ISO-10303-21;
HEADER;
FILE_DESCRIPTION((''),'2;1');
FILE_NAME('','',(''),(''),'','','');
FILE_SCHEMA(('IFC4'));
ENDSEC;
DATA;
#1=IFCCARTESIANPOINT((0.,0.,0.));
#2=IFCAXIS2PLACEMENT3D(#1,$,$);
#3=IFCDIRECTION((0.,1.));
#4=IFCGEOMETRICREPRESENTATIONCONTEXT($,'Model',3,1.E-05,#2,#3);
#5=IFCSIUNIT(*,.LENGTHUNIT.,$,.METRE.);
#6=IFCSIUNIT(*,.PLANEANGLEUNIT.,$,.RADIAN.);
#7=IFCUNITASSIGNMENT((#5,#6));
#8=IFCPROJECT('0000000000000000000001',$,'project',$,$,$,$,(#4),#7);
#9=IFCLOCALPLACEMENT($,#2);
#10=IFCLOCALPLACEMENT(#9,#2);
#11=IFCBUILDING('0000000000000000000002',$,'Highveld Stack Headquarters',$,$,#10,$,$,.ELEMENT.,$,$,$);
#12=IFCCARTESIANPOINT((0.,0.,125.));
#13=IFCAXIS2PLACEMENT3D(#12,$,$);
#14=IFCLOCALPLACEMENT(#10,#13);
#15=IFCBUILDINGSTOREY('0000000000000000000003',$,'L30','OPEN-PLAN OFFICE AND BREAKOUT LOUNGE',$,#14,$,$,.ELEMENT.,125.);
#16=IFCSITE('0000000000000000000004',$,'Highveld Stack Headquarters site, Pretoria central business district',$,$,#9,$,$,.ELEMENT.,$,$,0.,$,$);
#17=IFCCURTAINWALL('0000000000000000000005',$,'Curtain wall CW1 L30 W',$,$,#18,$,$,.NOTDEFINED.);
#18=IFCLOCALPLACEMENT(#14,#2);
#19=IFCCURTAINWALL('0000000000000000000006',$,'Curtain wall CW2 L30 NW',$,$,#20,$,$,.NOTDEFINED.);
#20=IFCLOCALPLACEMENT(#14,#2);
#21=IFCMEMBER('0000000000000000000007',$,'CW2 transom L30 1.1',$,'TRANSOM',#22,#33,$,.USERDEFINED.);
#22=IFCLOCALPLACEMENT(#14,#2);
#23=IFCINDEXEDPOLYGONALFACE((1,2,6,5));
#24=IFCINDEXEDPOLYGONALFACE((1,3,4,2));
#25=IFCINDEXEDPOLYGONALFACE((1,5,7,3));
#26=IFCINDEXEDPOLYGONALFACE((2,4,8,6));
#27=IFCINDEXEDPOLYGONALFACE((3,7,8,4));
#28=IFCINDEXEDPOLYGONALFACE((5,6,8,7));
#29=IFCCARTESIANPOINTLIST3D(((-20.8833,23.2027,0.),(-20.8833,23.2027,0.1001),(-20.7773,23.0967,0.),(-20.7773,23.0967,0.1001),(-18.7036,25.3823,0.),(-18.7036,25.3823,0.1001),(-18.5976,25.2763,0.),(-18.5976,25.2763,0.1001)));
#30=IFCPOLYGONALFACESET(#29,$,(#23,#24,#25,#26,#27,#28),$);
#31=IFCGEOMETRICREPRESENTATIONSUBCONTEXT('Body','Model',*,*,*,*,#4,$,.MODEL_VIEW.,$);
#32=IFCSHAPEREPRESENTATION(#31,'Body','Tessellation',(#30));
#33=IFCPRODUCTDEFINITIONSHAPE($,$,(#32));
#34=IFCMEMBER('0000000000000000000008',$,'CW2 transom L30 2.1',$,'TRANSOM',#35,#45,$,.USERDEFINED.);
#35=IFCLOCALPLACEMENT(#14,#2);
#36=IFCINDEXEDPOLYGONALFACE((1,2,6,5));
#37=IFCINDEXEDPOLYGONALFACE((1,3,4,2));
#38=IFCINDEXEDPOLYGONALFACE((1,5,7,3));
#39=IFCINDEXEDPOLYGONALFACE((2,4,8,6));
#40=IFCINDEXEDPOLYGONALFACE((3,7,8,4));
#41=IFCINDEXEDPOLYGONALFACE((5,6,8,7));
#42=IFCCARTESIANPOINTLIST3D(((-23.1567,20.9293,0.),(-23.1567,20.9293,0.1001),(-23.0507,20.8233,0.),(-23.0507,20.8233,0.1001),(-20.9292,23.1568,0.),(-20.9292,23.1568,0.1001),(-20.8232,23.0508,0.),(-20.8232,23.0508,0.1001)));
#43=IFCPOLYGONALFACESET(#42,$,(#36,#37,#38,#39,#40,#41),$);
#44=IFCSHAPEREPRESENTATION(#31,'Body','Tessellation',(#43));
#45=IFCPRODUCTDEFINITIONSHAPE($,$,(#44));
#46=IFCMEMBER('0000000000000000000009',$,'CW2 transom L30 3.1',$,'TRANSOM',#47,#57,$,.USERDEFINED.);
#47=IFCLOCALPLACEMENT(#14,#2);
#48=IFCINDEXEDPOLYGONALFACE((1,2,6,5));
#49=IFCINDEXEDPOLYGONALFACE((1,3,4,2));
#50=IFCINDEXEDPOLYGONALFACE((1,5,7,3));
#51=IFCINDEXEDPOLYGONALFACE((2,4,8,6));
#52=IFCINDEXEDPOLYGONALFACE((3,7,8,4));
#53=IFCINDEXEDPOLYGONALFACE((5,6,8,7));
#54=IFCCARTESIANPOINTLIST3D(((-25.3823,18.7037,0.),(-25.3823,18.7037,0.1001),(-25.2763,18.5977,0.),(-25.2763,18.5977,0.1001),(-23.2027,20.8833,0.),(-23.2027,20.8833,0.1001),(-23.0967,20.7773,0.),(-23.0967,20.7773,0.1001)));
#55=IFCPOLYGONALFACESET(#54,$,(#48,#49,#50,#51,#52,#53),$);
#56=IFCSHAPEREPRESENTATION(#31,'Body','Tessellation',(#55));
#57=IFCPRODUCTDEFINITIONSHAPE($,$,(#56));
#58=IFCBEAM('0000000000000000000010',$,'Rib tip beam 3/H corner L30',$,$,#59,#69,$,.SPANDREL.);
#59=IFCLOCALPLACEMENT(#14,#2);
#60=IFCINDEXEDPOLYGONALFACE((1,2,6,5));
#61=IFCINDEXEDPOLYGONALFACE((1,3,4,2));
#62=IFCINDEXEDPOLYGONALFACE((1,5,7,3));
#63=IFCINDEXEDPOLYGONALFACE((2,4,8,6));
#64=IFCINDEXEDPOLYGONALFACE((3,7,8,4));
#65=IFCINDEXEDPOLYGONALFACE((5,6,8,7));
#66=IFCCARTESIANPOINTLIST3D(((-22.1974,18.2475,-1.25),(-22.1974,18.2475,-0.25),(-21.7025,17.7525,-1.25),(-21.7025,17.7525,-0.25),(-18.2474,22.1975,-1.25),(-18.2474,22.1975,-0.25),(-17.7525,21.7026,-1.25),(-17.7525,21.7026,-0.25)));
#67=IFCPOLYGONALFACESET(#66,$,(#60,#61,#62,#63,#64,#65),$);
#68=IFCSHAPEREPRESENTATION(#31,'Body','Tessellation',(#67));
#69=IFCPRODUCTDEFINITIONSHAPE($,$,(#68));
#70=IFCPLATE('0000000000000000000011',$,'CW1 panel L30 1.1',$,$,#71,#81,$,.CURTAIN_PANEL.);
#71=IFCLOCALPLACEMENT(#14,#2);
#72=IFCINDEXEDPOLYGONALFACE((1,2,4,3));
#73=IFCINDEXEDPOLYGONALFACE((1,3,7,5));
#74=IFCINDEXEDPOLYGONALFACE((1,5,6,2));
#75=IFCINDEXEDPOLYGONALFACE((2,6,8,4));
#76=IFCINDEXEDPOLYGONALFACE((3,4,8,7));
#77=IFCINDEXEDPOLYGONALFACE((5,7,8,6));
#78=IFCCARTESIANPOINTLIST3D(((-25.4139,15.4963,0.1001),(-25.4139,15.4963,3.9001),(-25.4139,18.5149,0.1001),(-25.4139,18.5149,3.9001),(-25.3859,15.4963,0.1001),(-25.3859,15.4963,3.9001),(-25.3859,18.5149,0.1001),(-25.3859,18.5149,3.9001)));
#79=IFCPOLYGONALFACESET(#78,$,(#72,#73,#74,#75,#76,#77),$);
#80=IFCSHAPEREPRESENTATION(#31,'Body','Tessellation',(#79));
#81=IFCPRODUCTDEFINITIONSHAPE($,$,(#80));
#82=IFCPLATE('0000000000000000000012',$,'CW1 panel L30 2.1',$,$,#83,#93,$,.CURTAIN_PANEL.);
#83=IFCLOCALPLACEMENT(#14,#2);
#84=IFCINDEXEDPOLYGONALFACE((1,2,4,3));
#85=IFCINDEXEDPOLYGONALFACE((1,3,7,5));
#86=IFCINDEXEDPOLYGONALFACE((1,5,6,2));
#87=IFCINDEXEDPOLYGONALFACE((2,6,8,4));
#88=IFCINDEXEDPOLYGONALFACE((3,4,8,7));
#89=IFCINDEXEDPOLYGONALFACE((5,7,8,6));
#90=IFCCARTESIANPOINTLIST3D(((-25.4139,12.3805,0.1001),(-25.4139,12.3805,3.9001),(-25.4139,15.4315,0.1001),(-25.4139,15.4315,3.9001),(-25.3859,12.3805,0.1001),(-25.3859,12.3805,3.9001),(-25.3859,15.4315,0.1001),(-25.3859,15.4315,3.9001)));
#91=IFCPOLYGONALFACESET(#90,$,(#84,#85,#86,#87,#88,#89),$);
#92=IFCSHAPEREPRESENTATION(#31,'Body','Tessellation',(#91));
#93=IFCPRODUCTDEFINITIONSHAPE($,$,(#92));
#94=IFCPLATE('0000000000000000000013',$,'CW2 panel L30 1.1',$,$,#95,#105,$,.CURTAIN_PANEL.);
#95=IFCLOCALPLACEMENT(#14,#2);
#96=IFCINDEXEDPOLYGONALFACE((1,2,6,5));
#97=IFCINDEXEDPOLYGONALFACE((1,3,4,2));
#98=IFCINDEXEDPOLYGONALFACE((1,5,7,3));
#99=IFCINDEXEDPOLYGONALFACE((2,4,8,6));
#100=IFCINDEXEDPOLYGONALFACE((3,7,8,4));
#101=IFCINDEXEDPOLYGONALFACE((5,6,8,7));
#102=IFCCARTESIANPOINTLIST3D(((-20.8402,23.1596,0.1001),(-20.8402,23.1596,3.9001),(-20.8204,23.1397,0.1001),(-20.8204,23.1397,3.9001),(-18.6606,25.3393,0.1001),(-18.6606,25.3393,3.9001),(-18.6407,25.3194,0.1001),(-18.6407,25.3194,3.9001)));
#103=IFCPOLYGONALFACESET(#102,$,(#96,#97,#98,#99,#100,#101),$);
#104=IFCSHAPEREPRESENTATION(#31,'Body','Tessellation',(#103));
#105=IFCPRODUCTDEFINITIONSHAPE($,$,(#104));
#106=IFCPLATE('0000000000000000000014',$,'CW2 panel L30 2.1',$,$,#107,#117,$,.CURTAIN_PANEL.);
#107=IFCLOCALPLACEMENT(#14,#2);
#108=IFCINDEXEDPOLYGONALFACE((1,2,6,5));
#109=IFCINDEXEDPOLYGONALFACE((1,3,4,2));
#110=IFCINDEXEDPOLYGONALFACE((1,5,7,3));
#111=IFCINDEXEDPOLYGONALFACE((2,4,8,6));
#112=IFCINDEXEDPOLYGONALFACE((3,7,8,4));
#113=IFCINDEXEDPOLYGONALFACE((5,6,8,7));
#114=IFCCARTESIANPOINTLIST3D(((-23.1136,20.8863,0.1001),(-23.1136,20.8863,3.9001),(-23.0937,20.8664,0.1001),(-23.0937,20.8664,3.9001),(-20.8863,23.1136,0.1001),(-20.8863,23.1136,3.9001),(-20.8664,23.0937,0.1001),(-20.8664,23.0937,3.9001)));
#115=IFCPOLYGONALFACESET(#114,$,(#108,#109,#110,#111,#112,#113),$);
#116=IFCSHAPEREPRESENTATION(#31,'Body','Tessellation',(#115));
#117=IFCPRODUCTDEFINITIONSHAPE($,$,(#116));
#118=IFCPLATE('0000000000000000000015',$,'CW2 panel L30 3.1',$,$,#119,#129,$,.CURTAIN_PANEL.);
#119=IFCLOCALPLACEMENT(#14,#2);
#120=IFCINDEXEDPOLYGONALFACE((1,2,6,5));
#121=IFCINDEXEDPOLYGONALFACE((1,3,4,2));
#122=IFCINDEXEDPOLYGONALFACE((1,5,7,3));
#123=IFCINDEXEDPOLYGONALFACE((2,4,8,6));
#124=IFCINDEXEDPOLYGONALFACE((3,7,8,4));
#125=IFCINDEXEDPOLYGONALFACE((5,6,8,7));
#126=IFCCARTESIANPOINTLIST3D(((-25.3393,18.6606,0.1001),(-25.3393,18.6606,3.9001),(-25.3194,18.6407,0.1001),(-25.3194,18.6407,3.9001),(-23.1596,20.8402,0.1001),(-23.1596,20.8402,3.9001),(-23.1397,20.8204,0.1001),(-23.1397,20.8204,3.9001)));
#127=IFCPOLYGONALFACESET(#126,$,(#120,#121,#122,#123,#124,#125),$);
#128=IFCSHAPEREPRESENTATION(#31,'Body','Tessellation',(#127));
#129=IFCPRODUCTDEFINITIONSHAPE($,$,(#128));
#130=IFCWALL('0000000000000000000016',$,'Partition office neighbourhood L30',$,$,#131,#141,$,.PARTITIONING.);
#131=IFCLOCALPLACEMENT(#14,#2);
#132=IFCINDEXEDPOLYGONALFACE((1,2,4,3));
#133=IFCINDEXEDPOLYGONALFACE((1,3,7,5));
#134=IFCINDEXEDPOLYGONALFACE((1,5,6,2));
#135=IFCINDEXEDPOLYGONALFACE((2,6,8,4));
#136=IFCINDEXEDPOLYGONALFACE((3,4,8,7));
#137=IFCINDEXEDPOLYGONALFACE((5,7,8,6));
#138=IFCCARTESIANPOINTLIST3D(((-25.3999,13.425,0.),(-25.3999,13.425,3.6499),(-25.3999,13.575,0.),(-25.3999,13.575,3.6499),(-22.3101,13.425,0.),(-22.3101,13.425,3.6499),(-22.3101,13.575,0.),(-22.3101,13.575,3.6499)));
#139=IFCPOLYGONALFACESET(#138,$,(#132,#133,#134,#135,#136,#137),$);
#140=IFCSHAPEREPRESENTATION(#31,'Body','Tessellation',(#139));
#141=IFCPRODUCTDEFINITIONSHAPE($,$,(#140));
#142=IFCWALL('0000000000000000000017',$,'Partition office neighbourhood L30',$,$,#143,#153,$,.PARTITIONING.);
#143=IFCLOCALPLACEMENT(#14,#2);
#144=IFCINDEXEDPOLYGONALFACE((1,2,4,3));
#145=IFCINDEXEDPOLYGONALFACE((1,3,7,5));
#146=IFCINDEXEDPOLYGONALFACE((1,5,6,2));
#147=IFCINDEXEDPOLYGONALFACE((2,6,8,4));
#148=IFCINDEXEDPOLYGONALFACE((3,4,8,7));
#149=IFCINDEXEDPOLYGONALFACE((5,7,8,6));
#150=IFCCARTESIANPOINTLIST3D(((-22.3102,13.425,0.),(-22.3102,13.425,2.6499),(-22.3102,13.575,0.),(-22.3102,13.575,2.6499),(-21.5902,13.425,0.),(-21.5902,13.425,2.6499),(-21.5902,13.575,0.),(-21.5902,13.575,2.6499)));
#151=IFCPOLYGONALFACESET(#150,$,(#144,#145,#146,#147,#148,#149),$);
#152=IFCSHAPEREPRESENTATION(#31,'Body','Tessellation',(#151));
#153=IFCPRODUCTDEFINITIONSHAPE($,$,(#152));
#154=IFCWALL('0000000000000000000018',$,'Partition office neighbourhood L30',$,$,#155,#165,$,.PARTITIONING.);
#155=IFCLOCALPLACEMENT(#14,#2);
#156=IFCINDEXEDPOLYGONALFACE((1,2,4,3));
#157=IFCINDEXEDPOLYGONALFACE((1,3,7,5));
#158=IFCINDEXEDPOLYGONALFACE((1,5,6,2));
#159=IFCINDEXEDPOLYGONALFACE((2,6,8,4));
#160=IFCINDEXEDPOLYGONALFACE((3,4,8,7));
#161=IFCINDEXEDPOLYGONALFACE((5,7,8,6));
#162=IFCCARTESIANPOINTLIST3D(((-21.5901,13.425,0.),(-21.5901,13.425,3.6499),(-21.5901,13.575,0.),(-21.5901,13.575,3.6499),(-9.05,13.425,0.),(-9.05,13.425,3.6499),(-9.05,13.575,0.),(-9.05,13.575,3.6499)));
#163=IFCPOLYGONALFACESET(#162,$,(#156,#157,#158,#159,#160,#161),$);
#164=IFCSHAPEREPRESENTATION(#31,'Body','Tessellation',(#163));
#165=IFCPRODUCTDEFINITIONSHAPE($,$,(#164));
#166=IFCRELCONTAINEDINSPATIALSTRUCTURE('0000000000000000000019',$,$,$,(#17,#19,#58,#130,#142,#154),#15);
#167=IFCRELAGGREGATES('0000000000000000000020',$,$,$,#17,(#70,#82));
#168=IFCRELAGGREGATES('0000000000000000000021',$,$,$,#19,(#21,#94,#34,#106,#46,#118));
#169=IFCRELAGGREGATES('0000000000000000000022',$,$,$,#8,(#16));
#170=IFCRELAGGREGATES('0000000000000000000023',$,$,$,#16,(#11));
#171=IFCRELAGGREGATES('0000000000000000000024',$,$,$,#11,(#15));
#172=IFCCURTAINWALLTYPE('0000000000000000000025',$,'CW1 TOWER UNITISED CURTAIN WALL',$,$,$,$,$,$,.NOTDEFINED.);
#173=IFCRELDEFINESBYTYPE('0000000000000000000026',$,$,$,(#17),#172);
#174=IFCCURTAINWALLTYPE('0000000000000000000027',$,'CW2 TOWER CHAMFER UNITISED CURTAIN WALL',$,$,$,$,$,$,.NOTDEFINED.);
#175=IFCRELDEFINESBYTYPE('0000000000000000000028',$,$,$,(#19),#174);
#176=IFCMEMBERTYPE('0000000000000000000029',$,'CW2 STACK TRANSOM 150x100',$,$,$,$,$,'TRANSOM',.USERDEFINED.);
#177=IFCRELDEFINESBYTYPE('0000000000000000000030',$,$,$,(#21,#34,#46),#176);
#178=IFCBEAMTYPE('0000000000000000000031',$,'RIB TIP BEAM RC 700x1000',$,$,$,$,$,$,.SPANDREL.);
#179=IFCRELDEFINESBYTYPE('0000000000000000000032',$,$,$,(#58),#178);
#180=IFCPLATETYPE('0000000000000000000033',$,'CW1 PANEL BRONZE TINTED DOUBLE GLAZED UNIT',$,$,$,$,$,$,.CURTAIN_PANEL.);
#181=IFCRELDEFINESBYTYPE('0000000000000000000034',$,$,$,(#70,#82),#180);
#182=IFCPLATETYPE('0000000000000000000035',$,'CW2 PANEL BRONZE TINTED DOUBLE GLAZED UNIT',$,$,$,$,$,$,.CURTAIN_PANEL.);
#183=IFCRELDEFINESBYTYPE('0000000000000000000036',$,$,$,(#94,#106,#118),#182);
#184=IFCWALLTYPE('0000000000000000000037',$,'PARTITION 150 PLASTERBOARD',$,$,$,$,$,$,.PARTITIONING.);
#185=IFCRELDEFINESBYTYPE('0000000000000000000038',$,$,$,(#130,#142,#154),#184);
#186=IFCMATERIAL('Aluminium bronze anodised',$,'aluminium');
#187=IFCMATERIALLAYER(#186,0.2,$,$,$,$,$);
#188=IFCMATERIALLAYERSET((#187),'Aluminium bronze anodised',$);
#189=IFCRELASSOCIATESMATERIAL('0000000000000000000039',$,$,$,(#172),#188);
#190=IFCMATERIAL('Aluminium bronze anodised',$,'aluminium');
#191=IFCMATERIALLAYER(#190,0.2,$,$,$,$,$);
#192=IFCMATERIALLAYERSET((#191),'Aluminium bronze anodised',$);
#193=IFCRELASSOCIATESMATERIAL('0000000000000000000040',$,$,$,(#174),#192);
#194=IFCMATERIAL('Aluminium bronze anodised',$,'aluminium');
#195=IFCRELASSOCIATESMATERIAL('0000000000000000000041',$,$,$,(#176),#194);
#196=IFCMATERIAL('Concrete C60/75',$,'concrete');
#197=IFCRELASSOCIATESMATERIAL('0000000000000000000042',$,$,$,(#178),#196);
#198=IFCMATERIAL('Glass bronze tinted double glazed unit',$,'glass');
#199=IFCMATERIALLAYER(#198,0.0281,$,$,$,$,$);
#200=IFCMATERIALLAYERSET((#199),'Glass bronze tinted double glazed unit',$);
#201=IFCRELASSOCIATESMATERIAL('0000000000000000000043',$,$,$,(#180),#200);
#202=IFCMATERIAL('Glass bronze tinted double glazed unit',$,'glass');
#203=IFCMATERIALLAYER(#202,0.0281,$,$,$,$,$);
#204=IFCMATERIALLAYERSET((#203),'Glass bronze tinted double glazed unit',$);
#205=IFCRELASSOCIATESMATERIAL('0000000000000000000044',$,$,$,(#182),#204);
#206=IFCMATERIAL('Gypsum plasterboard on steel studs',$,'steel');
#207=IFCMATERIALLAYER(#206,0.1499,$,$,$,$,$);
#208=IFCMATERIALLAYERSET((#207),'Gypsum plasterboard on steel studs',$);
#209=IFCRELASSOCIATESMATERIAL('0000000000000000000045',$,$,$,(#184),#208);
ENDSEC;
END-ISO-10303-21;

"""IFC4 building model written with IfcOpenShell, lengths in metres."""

from ifc_helpers import new_model, si_unit, direction, frame, frame_2d, origin, origin_2d, place, context, subcontext, project, spatial, rectangle, extrude, material, layer, layer_set, material_profile, profile_set, type_object, element, aggregate, save


model = new_model("IFC4")

# Units and contexts
model_context = context("Model", 3, precision=1e-05, world=origin(), true_north=direction((0.0, 1.0)))
body_context = subcontext(model_context, "Body", "Model", "MODEL_VIEW")
ifc_project = project(units=[si_unit("LENGTHUNIT", "METRE"), si_unit("PLANEANGLEUNIT", "RADIAN")], contexts=[model_context])

# Site, building, storey
site_placement = place(None, origin())
site = spatial("IfcSite", under=ifc_project, at=site_placement, Name="Highveld Stack Headquarters site, Pretoria central business district", CompositionType="ELEMENT", RefElevation=0.0)
building_placement = place(site_placement, origin())
building = spatial("IfcBuilding", under=site, at=building_placement, Name="Highveld Stack Headquarters", CompositionType="ELEMENT")
storey_placement = place(building_placement, frame((0.0, 0.0, 125.0)))
storey = spatial("IfcBuildingStorey", under=building, at=storey_placement, Name="L30", Description="OPEN-PLAN OFFICE AND BREAKOUT LOUNGE", CompositionType="ELEMENT", Elevation=125.0)

# Shared definitions
ifc_material_1 = material(Name="Aluminium bronze anodised", Category="aluminium")
ifc_layer_1 = layer(ifc_material_1, 0.2)
ifc_layer_set_1 = layer_set([ifc_layer_1], Name="Aluminium bronze anodised")
curtain_wall_type_1 = type_object("IfcCurtainWallType", Name="CW1 TOWER UNITISED CURTAIN WALL", PredefinedType="NOTDEFINED", material=ifc_layer_set_1)

# Curtain wall
curtain_wall_1_placement = place(storey_placement, origin())
curtain_wall_1 = element("IfcCurtainWall", 1, at=curtain_wall_1_placement, inside=storey, type_object=curtain_wall_type_1, Name="Curtain wall CW1 L30 W", PredefinedType="NOTDEFINED")

# Curtain wall, members
ifc_material_2 = material(Name="Aluminium bronze anodised", Category="aluminium")
ifc_layer_2 = layer(ifc_material_2, 0.2)
ifc_layer_set_2 = layer_set([ifc_layer_2], Name="Aluminium bronze anodised")
curtain_wall_type_2 = type_object("IfcCurtainWallType", Name="CW2 TOWER CHAMFER UNITISED CURTAIN WALL", PredefinedType="NOTDEFINED", material=ifc_layer_set_2)
curtain_wall_2_placement = place(storey_placement, origin())
curtain_wall_2 = element("IfcCurtainWall", 2, at=curtain_wall_2_placement, inside=storey, type_object=curtain_wall_type_2, Name="Curtain wall CW2 L30 NW", PredefinedType="NOTDEFINED")
ifc_material_3 = material(Name="Aluminium bronze anodised", Category="aluminium")
ifc_material_profile_1 = material_profile(ifc_material_3, rectangle(XDim=0.1499, YDim=0.1001, at=origin_2d()), Name="CW2 TRANSOM 150x100")
ifc_profile_set_1 = profile_set([ifc_material_profile_1], Name="Aluminium bronze anodised")
member_type_1 = type_object("IfcMemberType", Name="CW2 STACK TRANSOM 150x100", ElementType="TRANSOM", PredefinedType="USERDEFINED", material=ifc_profile_set_1)
member_1_placement = place(storey_placement, frame((-18.6506, 25.3293, 0.05), z_axis=(-0.707107, -0.707107, 0.0), x_axis=(0.707107, -0.707107, 0.0)))
member_1 = element("IfcMember", 3, at=member_1_placement, type_object=member_type_1, Name="CW2 transom L30 1.1", ObjectType="TRANSOM", PredefinedType="USERDEFINED", context=body_context, shape_type="SweptSolid", body=[
    extrude(rectangle(XDim=0.1499, YDim=0.1001, at=origin_2d()), origin(), (0.0, 0.0, 1.0), 3.0825),
])
member_2_placement = place(storey_placement, frame((-20.8762, 23.1038, 0.05), z_axis=(-0.707107, -0.707107, 0.0), x_axis=(0.707107, -0.707107, 0.0)))
member_2 = element("IfcMember", 4, at=member_2_placement, type_object=member_type_1, Name="CW2 transom L30 2.1", ObjectType="TRANSOM", PredefinedType="USERDEFINED", context=body_context, shape_type="SweptSolid", body=[
    extrude(rectangle(XDim=0.1499, YDim=0.1001, at=origin_2d()), origin(), (0.0, 0.0, 1.0), 3.1501),
])
member_3_placement = place(storey_placement, frame((-23.1497, 20.8303, 0.05), z_axis=(-0.707107, -0.707107, 0.0), x_axis=(0.707107, -0.707107, 0.0)))
member_3 = element("IfcMember", 5, at=member_3_placement, type_object=member_type_1, Name="CW2 transom L30 3.1", ObjectType="TRANSOM", PredefinedType="USERDEFINED", context=body_context, shape_type="SweptSolid", body=[
    extrude(rectangle(XDim=0.1499, YDim=0.1001, at=origin_2d()), origin(), (0.0, 0.0, 1.0), 3.0825),
])

# Beam
ifc_material_4 = material(Name="Concrete C60/75", Category="concrete")
ifc_material_profile_2 = material_profile(ifc_material_4, rectangle(XDim=0.7, YDim=1.0, at=origin_2d()), Name="RC 700x1000")
ifc_profile_set_2 = profile_set([ifc_material_profile_2], Name="Concrete C60/75")
beam_type = type_object("IfcBeamType", Name="RIB TIP BEAM RC 700x1000", PredefinedType="SPANDREL", material=ifc_profile_set_2)
beam_placement = place(storey_placement, frame((-21.95, 18.0, -0.75), z_axis=(0.707107, 0.707107, 0.0), x_axis=(-0.707107, 0.707107, 0.0)))
element("IfcBeam", 6, at=beam_placement, inside=storey, type_object=beam_type, Name="Rib tip beam 3/H corner L30", PredefinedType="SPANDREL", context=body_context, shape_type="SweptSolid", body=[
    extrude(rectangle(XDim=0.7, YDim=1.0, at=origin_2d()), origin(), (0.0, 0.0, 1.0), 5.5862),
])

# Plates
ifc_material_5 = material(Name="Glass bronze tinted double glazed unit", Category="glass")
ifc_layer_3 = layer(ifc_material_5, 0.0281)
ifc_layer_set_3 = layer_set([ifc_layer_3], Name="Glass bronze tinted double glazed unit")
plate_type_1 = type_object("IfcPlateType", Name="CW1 PANEL BRONZE TINTED DOUBLE GLAZED UNIT", PredefinedType="CURTAIN_PANEL", material=ifc_layer_set_3)
plate_1_placement = place(storey_placement, frame((-25.3999, 17.0056, 0.1001), z_axis=(0.0, 0.0, 1.0), x_axis=(0.0, -1.0, 0.0)))
plate_1 = element("IfcPlate", 7, at=plate_1_placement, type_object=plate_type_1, Name="CW1 panel L30 1.1", PredefinedType="CURTAIN_PANEL", context=body_context, shape_type="SweptSolid", body=[
    extrude(rectangle(XDim=3.0186, YDim=0.0281, at=origin_2d()), origin(), (0.0, 0.0, 1.0), 3.8),
])
plate_2_placement = place(storey_placement, frame((-25.3999, 13.906, 0.1001), z_axis=(0.0, 0.0, 1.0), x_axis=(0.0, -1.0, 0.0)))
plate_2 = element("IfcPlate", 8, at=plate_2_placement, type_object=plate_type_1, Name="CW1 panel L30 2.1", PredefinedType="CURTAIN_PANEL", context=body_context, shape_type="SweptSolid", body=[
    extrude(rectangle(XDim=3.051, YDim=0.0281, at=origin_2d()), origin(), (0.0, 0.0, 1.0), 3.8),
])
aggregate(curtain_wall_1, [plate_1, plate_2])
ifc_material_6 = material(Name="Glass bronze tinted double glazed unit", Category="glass")
ifc_layer_4 = layer(ifc_material_6, 0.0281)
ifc_layer_set_4 = layer_set([ifc_layer_4], Name="Glass bronze tinted double glazed unit")
plate_type_2 = type_object("IfcPlateType", Name="CW2 PANEL BRONZE TINTED DOUBLE GLAZED UNIT", PredefinedType="CURTAIN_PANEL", material=ifc_layer_set_4)
plate_3_placement = place(storey_placement, frame((-19.7405, 24.2395, 0.1001), z_axis=(0.0, 0.0, 1.0), x_axis=(-0.707107, -0.707107, 0.0)))
plate_3 = element("IfcPlate", 9, at=plate_3_placement, type_object=plate_type_2, Name="CW2 panel L30 1.1", PredefinedType="CURTAIN_PANEL", context=body_context, shape_type="SweptSolid", body=[
    extrude(rectangle(XDim=3.0825, YDim=0.0281, at=origin_2d()), origin(), (0.0, 0.0, 1.0), 3.8),
])
plate_4_placement = place(storey_placement, frame((-21.99, 21.99, 0.1001), z_axis=(0.0, 0.0, 1.0), x_axis=(-0.707107, -0.707107, 0.0)))
plate_4 = element("IfcPlate", 10, at=plate_4_placement, type_object=plate_type_2, Name="CW2 panel L30 2.1", PredefinedType="CURTAIN_PANEL", context=body_context, shape_type="SweptSolid", body=[
    extrude(rectangle(XDim=3.1499, YDim=0.0281, at=origin_2d()), origin(), (0.0, 0.0, 1.0), 3.8),
])
plate_5_placement = place(storey_placement, frame((-24.2395, 19.7405, 0.1001), z_axis=(0.0, 0.0, 1.0), x_axis=(-0.707107, -0.707107, 0.0)))
plate_5 = element("IfcPlate", 11, at=plate_5_placement, type_object=plate_type_2, Name="CW2 panel L30 3.1", PredefinedType="CURTAIN_PANEL", context=body_context, shape_type="SweptSolid", body=[
    extrude(rectangle(XDim=3.0825, YDim=0.0281, at=origin_2d()), origin(), (0.0, 0.0, 1.0), 3.8),
])
aggregate(curtain_wall_2, [member_1, plate_3, member_2, plate_4, member_3, plate_5])

# Walls
ifc_material_7 = material(Name="Gypsum plasterboard on steel studs", Category="steel")
ifc_layer_5 = layer(ifc_material_7, 0.1499)
ifc_layer_set_5 = layer_set([ifc_layer_5], Name="Gypsum plasterboard on steel studs")
wall_type = type_object("IfcWallType", Name="PARTITION 150 PLASTERBOARD", PredefinedType="PARTITIONING", material=ifc_layer_set_5)
wall_1_placement = place(storey_placement, frame((-25.3999, 13.5, 0.0), z_axis=(0.0, 0.0, 1.0), x_axis=(1.0, 0.0, 0.0)))
element("IfcWall", 12, at=wall_1_placement, inside=storey, type_object=wall_type, Name="Partition office neighbourhood L30", PredefinedType="PARTITIONING", context=body_context, shape_type="SweptSolid", body=[
    extrude(rectangle(XDim=3.0898, YDim=0.1499, at=frame_2d((1.5449, 0.0))), origin(), (0.0, 0.0, 1.0), 3.6499),
])
wall_2_placement = place(storey_placement, frame((-22.3101, 13.5, 0.0), z_axis=(0.0, 0.0, 1.0), x_axis=(1.0, 0.0, 0.0)))
element("IfcWall", 13, at=wall_2_placement, inside=storey, type_object=wall_type, Name="Partition office neighbourhood L30", PredefinedType="PARTITIONING", context=body_context, shape_type="SweptSolid", body=[
    extrude(rectangle(XDim=0.72, YDim=0.1499, at=frame_2d((0.3599, 0.0))), origin(), (0.0, 0.0, 1.0), 2.6499),
])
wall_3_placement = place(storey_placement, frame((-21.5901, 13.5, 0.0), z_axis=(0.0, 0.0, 1.0), x_axis=(1.0, 0.0, 0.0)))
element("IfcWall", 14, at=wall_3_placement, inside=storey, type_object=wall_type, Name="Partition office neighbourhood L30", PredefinedType="PARTITIONING", context=body_context, shape_type="SweptSolid", body=[
    extrude(rectangle(XDim=12.54, YDim=0.1499, at=frame_2d((6.27, 0.0))), origin(), (0.0, 0.0, 1.0), 3.6499),
])

save(model, "model.ifc")
